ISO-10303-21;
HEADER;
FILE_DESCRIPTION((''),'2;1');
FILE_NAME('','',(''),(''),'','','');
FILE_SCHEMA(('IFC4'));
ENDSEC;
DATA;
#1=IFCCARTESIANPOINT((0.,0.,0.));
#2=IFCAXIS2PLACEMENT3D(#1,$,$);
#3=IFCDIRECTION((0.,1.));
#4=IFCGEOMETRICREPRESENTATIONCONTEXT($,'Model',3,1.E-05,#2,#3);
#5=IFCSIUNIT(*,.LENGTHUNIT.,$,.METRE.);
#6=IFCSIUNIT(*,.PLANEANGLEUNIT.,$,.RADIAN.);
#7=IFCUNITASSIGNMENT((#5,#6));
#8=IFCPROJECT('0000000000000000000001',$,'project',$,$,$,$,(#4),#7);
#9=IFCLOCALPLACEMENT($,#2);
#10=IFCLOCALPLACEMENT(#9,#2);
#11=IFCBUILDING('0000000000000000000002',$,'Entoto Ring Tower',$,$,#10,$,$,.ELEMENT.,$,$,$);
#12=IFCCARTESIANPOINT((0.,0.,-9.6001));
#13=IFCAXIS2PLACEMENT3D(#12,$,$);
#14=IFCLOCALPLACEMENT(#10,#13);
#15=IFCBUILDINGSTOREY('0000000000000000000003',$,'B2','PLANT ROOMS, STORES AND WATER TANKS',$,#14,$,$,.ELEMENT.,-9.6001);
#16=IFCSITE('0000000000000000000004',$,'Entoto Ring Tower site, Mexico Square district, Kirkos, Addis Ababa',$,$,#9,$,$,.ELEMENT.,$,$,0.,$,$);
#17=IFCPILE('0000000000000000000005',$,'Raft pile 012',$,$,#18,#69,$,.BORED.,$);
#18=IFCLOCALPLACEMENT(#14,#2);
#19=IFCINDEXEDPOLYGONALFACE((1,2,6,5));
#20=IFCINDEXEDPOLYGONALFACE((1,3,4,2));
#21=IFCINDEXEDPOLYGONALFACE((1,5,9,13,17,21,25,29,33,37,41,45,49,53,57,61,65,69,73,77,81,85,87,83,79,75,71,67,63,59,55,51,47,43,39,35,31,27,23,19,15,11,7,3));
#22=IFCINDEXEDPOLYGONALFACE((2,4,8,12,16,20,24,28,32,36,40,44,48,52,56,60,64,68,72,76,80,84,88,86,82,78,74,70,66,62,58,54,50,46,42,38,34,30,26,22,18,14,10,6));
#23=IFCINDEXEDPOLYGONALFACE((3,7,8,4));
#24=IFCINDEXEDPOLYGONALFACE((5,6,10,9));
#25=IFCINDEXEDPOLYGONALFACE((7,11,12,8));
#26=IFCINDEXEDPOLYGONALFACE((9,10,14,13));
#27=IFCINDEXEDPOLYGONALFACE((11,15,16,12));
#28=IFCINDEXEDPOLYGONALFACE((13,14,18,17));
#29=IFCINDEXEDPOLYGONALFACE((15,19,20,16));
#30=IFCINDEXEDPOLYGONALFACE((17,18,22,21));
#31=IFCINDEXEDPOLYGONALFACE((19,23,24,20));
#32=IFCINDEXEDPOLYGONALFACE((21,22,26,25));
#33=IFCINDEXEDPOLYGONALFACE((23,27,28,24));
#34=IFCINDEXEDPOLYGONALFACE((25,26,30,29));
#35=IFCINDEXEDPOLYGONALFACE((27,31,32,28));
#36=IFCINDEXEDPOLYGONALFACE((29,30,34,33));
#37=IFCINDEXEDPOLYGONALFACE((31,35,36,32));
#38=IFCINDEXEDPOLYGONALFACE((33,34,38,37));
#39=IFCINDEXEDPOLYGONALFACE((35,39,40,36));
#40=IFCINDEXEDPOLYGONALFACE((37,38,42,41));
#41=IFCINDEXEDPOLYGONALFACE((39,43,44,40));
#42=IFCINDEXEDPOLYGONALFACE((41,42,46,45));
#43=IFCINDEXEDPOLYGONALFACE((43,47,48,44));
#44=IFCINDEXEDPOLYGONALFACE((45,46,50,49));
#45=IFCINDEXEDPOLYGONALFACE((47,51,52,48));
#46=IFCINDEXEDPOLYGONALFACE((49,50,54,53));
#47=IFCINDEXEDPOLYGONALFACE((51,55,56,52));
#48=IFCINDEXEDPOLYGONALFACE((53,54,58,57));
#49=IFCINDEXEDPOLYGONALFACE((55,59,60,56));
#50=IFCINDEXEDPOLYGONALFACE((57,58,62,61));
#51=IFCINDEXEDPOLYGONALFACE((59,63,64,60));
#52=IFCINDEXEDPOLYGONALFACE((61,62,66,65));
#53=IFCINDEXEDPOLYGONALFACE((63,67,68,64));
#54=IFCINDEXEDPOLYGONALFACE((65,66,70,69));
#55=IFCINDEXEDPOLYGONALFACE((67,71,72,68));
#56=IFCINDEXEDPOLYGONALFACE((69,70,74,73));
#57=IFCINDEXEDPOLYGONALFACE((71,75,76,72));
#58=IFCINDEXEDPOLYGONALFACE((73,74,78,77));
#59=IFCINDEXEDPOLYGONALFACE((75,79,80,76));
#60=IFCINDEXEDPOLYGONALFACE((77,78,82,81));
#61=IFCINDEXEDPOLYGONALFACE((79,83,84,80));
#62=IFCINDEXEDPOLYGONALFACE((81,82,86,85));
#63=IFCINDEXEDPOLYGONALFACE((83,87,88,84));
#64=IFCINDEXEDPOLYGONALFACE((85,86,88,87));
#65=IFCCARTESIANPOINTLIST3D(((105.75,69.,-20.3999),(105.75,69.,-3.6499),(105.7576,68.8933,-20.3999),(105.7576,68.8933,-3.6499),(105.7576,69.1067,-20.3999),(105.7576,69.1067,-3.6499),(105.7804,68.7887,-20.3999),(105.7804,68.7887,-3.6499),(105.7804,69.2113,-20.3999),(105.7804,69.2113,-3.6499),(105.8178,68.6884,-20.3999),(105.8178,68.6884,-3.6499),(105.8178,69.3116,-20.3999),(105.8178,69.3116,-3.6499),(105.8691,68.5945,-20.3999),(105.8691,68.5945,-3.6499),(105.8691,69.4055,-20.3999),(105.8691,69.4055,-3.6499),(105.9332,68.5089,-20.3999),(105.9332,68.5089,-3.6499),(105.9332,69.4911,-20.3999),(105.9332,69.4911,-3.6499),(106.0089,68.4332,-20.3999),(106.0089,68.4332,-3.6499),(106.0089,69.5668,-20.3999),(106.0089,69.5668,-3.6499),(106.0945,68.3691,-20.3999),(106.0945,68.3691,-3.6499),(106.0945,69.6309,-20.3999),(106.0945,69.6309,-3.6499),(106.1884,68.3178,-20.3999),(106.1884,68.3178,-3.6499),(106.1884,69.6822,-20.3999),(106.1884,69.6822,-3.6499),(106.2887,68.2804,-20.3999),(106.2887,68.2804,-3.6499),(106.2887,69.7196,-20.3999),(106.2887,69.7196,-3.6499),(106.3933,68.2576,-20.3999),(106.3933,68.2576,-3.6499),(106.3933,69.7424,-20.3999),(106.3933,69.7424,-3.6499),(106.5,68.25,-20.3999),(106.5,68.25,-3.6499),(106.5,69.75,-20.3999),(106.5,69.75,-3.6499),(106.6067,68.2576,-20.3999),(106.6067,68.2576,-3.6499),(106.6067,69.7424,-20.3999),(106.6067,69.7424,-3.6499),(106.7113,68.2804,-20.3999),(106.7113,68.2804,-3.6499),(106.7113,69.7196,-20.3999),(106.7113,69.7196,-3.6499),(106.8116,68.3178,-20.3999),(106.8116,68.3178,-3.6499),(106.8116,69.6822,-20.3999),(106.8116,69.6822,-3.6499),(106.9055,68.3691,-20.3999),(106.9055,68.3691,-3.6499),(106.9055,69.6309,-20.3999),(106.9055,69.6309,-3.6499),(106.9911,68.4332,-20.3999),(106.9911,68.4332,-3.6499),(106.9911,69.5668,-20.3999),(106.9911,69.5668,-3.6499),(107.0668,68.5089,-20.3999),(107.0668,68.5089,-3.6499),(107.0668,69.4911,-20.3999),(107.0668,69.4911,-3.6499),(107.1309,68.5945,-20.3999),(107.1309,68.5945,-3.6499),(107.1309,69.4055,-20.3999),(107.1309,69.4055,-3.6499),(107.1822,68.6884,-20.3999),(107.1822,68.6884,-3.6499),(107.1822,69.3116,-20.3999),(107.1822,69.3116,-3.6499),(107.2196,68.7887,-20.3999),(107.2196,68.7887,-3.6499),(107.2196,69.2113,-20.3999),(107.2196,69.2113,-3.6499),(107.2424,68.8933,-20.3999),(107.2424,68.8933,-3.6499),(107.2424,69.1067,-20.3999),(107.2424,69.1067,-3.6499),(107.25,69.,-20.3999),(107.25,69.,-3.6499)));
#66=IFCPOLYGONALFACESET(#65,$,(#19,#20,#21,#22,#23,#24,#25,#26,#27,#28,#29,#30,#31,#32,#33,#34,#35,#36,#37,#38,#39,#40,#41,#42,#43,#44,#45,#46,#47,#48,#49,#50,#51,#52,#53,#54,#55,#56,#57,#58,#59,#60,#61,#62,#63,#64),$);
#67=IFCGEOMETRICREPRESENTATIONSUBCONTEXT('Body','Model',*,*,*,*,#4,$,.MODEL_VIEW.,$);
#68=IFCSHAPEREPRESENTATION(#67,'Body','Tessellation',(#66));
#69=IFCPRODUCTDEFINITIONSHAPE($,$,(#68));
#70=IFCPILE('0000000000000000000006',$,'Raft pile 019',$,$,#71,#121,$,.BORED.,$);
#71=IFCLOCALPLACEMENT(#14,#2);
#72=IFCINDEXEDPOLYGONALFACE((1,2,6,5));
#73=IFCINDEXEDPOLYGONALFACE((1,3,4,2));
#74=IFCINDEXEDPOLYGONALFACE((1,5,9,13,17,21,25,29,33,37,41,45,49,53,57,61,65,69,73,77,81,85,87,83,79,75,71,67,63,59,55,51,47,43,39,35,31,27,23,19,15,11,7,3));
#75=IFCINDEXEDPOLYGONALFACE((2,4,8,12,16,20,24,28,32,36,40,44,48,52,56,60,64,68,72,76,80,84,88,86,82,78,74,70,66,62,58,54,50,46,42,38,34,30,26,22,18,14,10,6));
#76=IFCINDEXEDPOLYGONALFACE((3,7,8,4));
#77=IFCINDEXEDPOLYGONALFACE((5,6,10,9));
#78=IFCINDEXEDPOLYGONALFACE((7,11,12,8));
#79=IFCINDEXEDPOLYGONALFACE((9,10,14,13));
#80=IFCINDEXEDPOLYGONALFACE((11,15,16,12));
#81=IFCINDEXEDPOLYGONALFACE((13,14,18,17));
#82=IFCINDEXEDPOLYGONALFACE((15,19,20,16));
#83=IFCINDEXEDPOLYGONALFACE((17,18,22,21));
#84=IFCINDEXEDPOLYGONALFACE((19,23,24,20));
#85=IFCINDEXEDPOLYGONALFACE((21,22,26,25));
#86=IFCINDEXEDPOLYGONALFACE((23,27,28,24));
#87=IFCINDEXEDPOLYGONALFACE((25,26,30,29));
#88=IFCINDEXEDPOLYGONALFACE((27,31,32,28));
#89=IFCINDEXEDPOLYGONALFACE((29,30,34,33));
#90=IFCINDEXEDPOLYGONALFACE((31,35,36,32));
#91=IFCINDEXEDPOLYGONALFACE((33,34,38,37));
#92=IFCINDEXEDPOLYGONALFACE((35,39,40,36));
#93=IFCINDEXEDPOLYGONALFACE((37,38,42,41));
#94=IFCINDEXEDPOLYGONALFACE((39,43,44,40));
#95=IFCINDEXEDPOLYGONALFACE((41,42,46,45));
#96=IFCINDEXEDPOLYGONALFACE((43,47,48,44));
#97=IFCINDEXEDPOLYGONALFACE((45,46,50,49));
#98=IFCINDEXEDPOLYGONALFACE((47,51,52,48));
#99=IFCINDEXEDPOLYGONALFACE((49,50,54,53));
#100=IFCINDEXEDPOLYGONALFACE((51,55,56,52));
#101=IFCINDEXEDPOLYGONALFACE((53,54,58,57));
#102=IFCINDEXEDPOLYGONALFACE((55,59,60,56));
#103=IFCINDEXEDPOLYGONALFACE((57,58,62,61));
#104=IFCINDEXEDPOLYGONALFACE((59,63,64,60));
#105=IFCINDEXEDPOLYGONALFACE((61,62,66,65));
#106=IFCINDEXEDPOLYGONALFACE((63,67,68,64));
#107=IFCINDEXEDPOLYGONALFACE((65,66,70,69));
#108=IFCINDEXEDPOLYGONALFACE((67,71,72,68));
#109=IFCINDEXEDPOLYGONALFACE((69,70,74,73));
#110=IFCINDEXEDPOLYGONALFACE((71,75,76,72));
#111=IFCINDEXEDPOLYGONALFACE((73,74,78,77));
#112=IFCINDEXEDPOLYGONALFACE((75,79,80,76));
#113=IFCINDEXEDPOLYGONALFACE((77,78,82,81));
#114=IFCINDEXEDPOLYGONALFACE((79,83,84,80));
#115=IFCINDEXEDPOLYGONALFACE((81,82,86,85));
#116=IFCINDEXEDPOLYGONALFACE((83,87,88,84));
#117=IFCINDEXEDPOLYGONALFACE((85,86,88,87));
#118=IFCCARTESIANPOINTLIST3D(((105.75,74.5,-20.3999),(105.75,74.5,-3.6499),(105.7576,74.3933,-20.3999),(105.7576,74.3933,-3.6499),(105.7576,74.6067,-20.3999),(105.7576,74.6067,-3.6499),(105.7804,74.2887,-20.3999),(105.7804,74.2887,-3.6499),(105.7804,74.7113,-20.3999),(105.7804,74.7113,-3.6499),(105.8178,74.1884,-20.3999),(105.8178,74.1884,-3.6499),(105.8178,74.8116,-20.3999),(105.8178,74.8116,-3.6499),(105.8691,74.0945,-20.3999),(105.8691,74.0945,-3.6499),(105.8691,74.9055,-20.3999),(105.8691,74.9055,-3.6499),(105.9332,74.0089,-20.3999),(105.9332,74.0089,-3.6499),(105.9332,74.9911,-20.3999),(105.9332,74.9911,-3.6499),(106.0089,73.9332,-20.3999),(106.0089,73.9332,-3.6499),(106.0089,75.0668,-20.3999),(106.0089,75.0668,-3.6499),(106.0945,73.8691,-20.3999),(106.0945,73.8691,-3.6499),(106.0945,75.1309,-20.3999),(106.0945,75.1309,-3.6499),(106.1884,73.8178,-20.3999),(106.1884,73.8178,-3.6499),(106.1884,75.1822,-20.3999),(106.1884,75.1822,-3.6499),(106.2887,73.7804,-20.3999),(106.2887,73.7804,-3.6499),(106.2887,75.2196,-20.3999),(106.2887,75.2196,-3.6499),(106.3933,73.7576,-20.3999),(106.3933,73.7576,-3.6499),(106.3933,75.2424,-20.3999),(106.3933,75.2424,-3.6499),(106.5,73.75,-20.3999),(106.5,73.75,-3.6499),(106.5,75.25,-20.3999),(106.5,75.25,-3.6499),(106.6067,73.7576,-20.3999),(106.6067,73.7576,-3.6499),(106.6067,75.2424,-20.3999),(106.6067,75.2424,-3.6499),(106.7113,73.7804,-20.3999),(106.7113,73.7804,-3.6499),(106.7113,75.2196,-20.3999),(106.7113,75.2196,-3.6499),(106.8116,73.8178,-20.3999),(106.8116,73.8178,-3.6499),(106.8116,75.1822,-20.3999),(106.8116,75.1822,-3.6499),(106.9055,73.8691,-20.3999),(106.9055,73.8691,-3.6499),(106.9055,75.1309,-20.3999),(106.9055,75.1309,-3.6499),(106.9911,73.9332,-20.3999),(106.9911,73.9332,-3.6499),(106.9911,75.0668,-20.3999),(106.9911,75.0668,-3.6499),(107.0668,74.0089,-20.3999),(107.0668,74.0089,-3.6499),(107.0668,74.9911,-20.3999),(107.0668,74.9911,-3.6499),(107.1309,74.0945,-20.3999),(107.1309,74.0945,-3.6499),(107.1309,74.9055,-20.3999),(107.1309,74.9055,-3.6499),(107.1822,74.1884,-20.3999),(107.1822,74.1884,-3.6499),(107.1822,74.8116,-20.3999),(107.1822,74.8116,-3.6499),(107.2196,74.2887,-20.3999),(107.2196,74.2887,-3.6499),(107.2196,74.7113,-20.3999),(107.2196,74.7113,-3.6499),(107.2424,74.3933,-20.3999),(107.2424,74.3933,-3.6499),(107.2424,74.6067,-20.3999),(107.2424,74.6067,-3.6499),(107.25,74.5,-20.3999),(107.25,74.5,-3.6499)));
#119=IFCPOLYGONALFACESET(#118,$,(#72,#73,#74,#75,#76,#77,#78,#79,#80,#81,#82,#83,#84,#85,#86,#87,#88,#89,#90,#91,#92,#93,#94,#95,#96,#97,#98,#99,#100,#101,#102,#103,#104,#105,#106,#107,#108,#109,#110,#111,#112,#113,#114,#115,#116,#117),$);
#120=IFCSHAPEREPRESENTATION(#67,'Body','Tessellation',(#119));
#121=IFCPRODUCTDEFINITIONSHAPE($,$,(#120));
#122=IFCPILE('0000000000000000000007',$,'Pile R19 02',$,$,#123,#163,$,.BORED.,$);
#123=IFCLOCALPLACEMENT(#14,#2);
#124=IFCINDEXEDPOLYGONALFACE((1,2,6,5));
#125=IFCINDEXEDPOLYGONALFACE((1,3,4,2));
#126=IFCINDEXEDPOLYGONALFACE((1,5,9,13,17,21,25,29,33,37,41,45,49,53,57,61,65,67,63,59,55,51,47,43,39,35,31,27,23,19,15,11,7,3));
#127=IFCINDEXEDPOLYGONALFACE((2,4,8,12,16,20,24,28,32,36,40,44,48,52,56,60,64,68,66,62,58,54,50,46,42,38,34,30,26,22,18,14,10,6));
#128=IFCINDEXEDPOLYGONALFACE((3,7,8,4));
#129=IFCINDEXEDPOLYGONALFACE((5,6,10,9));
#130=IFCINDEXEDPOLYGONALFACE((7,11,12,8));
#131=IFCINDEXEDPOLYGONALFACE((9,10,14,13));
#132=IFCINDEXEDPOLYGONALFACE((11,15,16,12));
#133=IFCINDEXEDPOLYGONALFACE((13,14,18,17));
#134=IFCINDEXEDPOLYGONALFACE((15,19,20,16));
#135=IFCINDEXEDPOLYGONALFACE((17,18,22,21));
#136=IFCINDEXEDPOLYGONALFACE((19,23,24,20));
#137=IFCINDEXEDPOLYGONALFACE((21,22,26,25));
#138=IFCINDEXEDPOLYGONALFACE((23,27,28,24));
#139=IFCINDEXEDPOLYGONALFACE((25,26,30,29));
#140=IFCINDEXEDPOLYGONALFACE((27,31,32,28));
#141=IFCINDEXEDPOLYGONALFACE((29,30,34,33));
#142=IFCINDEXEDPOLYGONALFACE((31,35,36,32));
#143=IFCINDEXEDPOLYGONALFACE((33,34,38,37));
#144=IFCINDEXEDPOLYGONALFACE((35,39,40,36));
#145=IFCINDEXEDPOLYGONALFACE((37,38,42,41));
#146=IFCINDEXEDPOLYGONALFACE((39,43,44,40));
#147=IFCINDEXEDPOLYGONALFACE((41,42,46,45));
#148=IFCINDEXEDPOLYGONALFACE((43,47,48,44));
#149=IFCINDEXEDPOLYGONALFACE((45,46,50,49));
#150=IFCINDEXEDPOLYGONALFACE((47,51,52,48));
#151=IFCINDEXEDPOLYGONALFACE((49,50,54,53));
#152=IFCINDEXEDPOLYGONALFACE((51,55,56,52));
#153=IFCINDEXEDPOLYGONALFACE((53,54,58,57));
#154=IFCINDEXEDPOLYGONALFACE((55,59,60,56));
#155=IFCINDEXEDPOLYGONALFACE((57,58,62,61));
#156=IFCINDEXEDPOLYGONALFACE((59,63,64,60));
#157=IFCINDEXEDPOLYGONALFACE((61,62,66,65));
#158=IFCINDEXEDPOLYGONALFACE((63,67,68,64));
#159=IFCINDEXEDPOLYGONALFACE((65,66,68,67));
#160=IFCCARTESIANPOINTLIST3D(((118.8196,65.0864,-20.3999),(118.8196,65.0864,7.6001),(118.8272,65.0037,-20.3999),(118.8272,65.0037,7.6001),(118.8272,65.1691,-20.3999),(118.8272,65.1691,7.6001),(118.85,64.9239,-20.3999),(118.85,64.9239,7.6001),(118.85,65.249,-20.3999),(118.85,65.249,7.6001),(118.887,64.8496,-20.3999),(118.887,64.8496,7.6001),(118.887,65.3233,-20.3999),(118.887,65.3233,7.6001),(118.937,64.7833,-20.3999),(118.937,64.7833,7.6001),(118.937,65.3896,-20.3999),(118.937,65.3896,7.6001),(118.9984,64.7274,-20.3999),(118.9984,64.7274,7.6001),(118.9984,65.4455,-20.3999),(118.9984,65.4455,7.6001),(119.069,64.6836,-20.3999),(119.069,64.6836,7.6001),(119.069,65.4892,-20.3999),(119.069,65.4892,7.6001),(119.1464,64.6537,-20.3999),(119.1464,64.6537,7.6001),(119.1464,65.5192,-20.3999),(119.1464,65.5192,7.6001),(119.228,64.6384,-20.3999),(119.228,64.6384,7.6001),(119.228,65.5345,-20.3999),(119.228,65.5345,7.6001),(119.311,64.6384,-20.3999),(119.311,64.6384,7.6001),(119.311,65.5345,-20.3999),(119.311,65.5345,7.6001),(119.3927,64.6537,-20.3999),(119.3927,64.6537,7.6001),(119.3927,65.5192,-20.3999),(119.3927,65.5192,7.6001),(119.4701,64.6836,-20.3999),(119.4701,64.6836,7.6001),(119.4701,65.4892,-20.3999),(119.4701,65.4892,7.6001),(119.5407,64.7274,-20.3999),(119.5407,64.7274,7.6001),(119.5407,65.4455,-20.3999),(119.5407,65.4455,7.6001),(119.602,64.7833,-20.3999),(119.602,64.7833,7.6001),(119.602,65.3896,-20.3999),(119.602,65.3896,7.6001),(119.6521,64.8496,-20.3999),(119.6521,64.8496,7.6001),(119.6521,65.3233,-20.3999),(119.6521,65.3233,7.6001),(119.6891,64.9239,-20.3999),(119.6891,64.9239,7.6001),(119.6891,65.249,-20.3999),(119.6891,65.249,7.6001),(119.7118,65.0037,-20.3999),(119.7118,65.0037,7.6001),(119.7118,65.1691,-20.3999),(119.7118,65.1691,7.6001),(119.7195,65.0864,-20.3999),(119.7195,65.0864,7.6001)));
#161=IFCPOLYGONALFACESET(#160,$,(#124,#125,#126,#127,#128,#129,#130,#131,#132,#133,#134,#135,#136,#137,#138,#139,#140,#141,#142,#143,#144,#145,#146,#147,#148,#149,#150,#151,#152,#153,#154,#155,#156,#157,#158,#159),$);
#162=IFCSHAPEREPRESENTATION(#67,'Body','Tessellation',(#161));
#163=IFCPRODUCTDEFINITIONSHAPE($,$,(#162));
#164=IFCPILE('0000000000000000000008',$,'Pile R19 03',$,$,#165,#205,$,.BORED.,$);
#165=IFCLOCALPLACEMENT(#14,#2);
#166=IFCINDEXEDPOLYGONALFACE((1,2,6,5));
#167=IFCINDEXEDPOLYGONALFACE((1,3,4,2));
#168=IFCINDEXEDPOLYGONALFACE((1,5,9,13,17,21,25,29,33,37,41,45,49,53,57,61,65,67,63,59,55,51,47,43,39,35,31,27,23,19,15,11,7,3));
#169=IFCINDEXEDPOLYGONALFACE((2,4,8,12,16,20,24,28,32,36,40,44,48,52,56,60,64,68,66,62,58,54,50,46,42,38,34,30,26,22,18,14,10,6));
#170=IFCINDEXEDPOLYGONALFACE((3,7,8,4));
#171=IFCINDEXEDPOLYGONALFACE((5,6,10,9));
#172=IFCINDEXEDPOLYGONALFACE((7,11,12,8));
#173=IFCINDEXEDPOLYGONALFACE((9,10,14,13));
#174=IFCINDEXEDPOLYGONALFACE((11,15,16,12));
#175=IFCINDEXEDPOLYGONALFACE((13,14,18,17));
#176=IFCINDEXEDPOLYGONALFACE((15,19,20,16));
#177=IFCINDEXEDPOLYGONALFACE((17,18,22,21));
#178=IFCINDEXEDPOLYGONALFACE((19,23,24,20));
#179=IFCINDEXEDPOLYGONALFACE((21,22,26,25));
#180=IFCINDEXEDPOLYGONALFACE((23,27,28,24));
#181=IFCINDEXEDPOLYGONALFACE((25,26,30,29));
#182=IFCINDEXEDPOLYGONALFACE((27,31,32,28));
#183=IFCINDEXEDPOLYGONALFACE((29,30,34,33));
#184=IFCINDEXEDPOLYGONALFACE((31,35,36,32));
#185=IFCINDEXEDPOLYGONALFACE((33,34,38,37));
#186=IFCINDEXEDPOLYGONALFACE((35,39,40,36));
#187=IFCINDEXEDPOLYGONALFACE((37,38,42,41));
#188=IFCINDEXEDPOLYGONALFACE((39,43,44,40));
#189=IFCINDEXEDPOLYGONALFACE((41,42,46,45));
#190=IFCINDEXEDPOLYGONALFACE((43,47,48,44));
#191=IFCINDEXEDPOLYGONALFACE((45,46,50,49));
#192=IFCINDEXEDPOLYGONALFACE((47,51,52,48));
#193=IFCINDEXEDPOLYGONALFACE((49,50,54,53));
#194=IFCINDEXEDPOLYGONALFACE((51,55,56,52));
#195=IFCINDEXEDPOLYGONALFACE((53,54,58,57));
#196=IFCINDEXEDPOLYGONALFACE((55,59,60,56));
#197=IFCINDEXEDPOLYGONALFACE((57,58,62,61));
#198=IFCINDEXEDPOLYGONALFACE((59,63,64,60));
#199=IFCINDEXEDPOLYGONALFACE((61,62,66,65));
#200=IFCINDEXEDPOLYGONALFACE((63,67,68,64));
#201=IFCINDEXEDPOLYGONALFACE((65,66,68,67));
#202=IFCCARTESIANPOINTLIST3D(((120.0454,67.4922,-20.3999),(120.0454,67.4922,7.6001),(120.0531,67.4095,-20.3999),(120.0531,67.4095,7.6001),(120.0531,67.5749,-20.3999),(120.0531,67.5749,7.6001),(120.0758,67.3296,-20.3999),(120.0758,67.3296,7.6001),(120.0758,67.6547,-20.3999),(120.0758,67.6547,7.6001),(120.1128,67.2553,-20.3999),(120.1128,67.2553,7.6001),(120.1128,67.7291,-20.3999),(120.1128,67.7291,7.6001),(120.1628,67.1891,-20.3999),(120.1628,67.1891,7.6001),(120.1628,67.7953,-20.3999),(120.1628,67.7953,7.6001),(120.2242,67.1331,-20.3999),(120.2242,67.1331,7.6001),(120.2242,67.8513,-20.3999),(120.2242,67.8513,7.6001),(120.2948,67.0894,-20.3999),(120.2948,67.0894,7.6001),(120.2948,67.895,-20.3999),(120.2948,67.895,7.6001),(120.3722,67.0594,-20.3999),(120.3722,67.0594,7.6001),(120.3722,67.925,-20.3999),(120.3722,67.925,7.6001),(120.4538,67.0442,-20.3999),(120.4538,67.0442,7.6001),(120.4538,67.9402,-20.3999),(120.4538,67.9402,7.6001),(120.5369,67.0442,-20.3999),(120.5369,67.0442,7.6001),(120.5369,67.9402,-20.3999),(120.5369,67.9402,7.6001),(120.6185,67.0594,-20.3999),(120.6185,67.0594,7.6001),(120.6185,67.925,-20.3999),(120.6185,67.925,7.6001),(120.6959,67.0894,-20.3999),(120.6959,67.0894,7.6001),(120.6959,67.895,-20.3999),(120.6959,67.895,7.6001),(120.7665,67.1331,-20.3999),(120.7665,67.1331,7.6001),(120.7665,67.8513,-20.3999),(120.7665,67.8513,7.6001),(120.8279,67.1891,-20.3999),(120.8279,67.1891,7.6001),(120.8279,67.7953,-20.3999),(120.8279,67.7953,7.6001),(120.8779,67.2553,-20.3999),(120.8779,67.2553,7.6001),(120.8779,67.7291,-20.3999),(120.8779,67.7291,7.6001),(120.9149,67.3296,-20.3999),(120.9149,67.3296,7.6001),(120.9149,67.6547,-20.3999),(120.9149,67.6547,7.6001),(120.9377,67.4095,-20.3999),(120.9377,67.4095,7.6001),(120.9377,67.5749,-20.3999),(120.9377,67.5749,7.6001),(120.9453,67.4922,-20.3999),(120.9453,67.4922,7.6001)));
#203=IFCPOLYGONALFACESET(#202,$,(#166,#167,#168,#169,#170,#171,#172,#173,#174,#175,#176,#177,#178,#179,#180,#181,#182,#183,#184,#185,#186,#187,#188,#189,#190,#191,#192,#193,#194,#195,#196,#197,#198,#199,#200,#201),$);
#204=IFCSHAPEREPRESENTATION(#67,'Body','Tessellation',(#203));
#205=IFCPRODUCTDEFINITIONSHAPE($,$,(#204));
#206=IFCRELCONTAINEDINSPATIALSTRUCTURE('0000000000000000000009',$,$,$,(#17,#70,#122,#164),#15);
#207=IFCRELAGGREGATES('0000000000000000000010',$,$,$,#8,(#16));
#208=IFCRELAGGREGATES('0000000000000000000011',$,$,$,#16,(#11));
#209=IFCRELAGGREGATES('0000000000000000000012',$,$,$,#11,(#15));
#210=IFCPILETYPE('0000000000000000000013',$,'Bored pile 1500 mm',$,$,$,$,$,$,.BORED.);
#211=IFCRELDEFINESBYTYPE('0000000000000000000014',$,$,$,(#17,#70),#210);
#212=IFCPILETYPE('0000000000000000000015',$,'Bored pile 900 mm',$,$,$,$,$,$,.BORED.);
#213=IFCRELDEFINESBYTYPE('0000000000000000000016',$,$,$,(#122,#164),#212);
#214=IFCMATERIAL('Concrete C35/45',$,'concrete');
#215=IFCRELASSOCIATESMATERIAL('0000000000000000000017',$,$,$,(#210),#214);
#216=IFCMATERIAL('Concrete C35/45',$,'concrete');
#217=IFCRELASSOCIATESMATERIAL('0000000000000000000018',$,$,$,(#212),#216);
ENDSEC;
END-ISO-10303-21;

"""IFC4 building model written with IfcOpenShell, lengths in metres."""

from ifc_helpers import new_model, si_unit, direction, frame, origin, origin_2d, place, context, subcontext, project, spatial, circle, extrude, material, material_profile, profile_set, type_object, element, save


model = new_model("IFC4")

# Units and contexts
model_context = context("Model", 3, precision=1e-05, world=origin(), true_north=direction((0.0, 1.0)))
body_context = subcontext(model_context, "Body", "Model", "MODEL_VIEW")
ifc_project = project(units=[si_unit("LENGTHUNIT", "METRE"), si_unit("PLANEANGLEUNIT", "RADIAN")], contexts=[model_context])

# Site, building, storey
site_placement = place(None, origin())
site = spatial("IfcSite", under=ifc_project, at=site_placement, Name="Entoto Ring Tower site, Mexico Square district, Kirkos, Addis Ababa", CompositionType="ELEMENT", RefElevation=0.0)
building_placement = place(site_placement, origin())
building = spatial("IfcBuilding", under=site, at=building_placement, Name="Entoto Ring Tower", CompositionType="ELEMENT")
storey_placement = place(building_placement, frame((0.0, 0.0, -9.6001)))
storey = spatial("IfcBuildingStorey", under=building, at=storey_placement, Name="B2", Description="PLANT ROOMS, STORES AND WATER TANKS", CompositionType="ELEMENT", Elevation=-9.6001)

# Piles
ifc_material_1 = material(Name="Concrete C35/45", Category="concrete")
ifc_material_profile_1 = material_profile(ifc_material_1, circle(Radius=0.75, at=origin_2d()), Name="Bored pile 1500 mm")
ifc_profile_set_1 = profile_set([ifc_material_profile_1], Name="Concrete C35/45")
pile_type_1 = type_object("IfcPileType", Name="Bored pile 1500 mm", PredefinedType="BORED", material=ifc_profile_set_1)
for number, where, z_axis, x_axis, name in (
    (1, (106.5, 69.0, -3.6499), (0.0, 0.0, -1.0), (1.0, 0.0, 0.0), "Raft pile 012"),
    (2, (106.5, 74.5, -3.6499), (0.0, 0.0, -1.0), (1.0, 0.0, 0.0), "Raft pile 019"),
):
    element("IfcPile", number, at=place(storey_placement, frame(where, z_axis=z_axis, x_axis=x_axis)), inside=storey, type_object=pile_type_1, Name=name, PredefinedType="BORED", context=body_context, shape_type="SweptSolid", body=[
        extrude(circle(Radius=0.75, at=origin_2d()), origin(), (0.0, 0.0, 1.0), 16.75),
    ])
ifc_material_2 = material(Name="Concrete C35/45", Category="concrete")
ifc_material_profile_2 = material_profile(ifc_material_2, circle(Radius=0.45, at=origin_2d()), Name="Bored pile 900 mm")
ifc_profile_set_2 = profile_set([ifc_material_profile_2], Name="Concrete C35/45")
pile_type_2 = type_object("IfcPileType", Name="Bored pile 900 mm", PredefinedType="BORED", material=ifc_profile_set_2)
for number, where, z_axis, x_axis, name in (
    (3, (119.2695, 65.0864, 7.6001), (0.0, 0.0, -1.0), (1.0, 0.0, 0.0), "Pile R19 02"),
    (4, (120.4954, 67.4922, 7.6001), (0.0, 0.0, -1.0), (1.0, 0.0, 0.0), "Pile R19 03"),
):
    element("IfcPile", number, at=place(storey_placement, frame(where, z_axis=z_axis, x_axis=x_axis)), inside=storey, type_object=pile_type_2, Name=name, PredefinedType="BORED", context=body_context, shape_type="SweptSolid", body=[
        extrude(circle(Radius=0.45, at=origin_2d()), origin(), (0.0, 0.0, 1.0), 28.0),
    ])

save(model, "model.ifc")
